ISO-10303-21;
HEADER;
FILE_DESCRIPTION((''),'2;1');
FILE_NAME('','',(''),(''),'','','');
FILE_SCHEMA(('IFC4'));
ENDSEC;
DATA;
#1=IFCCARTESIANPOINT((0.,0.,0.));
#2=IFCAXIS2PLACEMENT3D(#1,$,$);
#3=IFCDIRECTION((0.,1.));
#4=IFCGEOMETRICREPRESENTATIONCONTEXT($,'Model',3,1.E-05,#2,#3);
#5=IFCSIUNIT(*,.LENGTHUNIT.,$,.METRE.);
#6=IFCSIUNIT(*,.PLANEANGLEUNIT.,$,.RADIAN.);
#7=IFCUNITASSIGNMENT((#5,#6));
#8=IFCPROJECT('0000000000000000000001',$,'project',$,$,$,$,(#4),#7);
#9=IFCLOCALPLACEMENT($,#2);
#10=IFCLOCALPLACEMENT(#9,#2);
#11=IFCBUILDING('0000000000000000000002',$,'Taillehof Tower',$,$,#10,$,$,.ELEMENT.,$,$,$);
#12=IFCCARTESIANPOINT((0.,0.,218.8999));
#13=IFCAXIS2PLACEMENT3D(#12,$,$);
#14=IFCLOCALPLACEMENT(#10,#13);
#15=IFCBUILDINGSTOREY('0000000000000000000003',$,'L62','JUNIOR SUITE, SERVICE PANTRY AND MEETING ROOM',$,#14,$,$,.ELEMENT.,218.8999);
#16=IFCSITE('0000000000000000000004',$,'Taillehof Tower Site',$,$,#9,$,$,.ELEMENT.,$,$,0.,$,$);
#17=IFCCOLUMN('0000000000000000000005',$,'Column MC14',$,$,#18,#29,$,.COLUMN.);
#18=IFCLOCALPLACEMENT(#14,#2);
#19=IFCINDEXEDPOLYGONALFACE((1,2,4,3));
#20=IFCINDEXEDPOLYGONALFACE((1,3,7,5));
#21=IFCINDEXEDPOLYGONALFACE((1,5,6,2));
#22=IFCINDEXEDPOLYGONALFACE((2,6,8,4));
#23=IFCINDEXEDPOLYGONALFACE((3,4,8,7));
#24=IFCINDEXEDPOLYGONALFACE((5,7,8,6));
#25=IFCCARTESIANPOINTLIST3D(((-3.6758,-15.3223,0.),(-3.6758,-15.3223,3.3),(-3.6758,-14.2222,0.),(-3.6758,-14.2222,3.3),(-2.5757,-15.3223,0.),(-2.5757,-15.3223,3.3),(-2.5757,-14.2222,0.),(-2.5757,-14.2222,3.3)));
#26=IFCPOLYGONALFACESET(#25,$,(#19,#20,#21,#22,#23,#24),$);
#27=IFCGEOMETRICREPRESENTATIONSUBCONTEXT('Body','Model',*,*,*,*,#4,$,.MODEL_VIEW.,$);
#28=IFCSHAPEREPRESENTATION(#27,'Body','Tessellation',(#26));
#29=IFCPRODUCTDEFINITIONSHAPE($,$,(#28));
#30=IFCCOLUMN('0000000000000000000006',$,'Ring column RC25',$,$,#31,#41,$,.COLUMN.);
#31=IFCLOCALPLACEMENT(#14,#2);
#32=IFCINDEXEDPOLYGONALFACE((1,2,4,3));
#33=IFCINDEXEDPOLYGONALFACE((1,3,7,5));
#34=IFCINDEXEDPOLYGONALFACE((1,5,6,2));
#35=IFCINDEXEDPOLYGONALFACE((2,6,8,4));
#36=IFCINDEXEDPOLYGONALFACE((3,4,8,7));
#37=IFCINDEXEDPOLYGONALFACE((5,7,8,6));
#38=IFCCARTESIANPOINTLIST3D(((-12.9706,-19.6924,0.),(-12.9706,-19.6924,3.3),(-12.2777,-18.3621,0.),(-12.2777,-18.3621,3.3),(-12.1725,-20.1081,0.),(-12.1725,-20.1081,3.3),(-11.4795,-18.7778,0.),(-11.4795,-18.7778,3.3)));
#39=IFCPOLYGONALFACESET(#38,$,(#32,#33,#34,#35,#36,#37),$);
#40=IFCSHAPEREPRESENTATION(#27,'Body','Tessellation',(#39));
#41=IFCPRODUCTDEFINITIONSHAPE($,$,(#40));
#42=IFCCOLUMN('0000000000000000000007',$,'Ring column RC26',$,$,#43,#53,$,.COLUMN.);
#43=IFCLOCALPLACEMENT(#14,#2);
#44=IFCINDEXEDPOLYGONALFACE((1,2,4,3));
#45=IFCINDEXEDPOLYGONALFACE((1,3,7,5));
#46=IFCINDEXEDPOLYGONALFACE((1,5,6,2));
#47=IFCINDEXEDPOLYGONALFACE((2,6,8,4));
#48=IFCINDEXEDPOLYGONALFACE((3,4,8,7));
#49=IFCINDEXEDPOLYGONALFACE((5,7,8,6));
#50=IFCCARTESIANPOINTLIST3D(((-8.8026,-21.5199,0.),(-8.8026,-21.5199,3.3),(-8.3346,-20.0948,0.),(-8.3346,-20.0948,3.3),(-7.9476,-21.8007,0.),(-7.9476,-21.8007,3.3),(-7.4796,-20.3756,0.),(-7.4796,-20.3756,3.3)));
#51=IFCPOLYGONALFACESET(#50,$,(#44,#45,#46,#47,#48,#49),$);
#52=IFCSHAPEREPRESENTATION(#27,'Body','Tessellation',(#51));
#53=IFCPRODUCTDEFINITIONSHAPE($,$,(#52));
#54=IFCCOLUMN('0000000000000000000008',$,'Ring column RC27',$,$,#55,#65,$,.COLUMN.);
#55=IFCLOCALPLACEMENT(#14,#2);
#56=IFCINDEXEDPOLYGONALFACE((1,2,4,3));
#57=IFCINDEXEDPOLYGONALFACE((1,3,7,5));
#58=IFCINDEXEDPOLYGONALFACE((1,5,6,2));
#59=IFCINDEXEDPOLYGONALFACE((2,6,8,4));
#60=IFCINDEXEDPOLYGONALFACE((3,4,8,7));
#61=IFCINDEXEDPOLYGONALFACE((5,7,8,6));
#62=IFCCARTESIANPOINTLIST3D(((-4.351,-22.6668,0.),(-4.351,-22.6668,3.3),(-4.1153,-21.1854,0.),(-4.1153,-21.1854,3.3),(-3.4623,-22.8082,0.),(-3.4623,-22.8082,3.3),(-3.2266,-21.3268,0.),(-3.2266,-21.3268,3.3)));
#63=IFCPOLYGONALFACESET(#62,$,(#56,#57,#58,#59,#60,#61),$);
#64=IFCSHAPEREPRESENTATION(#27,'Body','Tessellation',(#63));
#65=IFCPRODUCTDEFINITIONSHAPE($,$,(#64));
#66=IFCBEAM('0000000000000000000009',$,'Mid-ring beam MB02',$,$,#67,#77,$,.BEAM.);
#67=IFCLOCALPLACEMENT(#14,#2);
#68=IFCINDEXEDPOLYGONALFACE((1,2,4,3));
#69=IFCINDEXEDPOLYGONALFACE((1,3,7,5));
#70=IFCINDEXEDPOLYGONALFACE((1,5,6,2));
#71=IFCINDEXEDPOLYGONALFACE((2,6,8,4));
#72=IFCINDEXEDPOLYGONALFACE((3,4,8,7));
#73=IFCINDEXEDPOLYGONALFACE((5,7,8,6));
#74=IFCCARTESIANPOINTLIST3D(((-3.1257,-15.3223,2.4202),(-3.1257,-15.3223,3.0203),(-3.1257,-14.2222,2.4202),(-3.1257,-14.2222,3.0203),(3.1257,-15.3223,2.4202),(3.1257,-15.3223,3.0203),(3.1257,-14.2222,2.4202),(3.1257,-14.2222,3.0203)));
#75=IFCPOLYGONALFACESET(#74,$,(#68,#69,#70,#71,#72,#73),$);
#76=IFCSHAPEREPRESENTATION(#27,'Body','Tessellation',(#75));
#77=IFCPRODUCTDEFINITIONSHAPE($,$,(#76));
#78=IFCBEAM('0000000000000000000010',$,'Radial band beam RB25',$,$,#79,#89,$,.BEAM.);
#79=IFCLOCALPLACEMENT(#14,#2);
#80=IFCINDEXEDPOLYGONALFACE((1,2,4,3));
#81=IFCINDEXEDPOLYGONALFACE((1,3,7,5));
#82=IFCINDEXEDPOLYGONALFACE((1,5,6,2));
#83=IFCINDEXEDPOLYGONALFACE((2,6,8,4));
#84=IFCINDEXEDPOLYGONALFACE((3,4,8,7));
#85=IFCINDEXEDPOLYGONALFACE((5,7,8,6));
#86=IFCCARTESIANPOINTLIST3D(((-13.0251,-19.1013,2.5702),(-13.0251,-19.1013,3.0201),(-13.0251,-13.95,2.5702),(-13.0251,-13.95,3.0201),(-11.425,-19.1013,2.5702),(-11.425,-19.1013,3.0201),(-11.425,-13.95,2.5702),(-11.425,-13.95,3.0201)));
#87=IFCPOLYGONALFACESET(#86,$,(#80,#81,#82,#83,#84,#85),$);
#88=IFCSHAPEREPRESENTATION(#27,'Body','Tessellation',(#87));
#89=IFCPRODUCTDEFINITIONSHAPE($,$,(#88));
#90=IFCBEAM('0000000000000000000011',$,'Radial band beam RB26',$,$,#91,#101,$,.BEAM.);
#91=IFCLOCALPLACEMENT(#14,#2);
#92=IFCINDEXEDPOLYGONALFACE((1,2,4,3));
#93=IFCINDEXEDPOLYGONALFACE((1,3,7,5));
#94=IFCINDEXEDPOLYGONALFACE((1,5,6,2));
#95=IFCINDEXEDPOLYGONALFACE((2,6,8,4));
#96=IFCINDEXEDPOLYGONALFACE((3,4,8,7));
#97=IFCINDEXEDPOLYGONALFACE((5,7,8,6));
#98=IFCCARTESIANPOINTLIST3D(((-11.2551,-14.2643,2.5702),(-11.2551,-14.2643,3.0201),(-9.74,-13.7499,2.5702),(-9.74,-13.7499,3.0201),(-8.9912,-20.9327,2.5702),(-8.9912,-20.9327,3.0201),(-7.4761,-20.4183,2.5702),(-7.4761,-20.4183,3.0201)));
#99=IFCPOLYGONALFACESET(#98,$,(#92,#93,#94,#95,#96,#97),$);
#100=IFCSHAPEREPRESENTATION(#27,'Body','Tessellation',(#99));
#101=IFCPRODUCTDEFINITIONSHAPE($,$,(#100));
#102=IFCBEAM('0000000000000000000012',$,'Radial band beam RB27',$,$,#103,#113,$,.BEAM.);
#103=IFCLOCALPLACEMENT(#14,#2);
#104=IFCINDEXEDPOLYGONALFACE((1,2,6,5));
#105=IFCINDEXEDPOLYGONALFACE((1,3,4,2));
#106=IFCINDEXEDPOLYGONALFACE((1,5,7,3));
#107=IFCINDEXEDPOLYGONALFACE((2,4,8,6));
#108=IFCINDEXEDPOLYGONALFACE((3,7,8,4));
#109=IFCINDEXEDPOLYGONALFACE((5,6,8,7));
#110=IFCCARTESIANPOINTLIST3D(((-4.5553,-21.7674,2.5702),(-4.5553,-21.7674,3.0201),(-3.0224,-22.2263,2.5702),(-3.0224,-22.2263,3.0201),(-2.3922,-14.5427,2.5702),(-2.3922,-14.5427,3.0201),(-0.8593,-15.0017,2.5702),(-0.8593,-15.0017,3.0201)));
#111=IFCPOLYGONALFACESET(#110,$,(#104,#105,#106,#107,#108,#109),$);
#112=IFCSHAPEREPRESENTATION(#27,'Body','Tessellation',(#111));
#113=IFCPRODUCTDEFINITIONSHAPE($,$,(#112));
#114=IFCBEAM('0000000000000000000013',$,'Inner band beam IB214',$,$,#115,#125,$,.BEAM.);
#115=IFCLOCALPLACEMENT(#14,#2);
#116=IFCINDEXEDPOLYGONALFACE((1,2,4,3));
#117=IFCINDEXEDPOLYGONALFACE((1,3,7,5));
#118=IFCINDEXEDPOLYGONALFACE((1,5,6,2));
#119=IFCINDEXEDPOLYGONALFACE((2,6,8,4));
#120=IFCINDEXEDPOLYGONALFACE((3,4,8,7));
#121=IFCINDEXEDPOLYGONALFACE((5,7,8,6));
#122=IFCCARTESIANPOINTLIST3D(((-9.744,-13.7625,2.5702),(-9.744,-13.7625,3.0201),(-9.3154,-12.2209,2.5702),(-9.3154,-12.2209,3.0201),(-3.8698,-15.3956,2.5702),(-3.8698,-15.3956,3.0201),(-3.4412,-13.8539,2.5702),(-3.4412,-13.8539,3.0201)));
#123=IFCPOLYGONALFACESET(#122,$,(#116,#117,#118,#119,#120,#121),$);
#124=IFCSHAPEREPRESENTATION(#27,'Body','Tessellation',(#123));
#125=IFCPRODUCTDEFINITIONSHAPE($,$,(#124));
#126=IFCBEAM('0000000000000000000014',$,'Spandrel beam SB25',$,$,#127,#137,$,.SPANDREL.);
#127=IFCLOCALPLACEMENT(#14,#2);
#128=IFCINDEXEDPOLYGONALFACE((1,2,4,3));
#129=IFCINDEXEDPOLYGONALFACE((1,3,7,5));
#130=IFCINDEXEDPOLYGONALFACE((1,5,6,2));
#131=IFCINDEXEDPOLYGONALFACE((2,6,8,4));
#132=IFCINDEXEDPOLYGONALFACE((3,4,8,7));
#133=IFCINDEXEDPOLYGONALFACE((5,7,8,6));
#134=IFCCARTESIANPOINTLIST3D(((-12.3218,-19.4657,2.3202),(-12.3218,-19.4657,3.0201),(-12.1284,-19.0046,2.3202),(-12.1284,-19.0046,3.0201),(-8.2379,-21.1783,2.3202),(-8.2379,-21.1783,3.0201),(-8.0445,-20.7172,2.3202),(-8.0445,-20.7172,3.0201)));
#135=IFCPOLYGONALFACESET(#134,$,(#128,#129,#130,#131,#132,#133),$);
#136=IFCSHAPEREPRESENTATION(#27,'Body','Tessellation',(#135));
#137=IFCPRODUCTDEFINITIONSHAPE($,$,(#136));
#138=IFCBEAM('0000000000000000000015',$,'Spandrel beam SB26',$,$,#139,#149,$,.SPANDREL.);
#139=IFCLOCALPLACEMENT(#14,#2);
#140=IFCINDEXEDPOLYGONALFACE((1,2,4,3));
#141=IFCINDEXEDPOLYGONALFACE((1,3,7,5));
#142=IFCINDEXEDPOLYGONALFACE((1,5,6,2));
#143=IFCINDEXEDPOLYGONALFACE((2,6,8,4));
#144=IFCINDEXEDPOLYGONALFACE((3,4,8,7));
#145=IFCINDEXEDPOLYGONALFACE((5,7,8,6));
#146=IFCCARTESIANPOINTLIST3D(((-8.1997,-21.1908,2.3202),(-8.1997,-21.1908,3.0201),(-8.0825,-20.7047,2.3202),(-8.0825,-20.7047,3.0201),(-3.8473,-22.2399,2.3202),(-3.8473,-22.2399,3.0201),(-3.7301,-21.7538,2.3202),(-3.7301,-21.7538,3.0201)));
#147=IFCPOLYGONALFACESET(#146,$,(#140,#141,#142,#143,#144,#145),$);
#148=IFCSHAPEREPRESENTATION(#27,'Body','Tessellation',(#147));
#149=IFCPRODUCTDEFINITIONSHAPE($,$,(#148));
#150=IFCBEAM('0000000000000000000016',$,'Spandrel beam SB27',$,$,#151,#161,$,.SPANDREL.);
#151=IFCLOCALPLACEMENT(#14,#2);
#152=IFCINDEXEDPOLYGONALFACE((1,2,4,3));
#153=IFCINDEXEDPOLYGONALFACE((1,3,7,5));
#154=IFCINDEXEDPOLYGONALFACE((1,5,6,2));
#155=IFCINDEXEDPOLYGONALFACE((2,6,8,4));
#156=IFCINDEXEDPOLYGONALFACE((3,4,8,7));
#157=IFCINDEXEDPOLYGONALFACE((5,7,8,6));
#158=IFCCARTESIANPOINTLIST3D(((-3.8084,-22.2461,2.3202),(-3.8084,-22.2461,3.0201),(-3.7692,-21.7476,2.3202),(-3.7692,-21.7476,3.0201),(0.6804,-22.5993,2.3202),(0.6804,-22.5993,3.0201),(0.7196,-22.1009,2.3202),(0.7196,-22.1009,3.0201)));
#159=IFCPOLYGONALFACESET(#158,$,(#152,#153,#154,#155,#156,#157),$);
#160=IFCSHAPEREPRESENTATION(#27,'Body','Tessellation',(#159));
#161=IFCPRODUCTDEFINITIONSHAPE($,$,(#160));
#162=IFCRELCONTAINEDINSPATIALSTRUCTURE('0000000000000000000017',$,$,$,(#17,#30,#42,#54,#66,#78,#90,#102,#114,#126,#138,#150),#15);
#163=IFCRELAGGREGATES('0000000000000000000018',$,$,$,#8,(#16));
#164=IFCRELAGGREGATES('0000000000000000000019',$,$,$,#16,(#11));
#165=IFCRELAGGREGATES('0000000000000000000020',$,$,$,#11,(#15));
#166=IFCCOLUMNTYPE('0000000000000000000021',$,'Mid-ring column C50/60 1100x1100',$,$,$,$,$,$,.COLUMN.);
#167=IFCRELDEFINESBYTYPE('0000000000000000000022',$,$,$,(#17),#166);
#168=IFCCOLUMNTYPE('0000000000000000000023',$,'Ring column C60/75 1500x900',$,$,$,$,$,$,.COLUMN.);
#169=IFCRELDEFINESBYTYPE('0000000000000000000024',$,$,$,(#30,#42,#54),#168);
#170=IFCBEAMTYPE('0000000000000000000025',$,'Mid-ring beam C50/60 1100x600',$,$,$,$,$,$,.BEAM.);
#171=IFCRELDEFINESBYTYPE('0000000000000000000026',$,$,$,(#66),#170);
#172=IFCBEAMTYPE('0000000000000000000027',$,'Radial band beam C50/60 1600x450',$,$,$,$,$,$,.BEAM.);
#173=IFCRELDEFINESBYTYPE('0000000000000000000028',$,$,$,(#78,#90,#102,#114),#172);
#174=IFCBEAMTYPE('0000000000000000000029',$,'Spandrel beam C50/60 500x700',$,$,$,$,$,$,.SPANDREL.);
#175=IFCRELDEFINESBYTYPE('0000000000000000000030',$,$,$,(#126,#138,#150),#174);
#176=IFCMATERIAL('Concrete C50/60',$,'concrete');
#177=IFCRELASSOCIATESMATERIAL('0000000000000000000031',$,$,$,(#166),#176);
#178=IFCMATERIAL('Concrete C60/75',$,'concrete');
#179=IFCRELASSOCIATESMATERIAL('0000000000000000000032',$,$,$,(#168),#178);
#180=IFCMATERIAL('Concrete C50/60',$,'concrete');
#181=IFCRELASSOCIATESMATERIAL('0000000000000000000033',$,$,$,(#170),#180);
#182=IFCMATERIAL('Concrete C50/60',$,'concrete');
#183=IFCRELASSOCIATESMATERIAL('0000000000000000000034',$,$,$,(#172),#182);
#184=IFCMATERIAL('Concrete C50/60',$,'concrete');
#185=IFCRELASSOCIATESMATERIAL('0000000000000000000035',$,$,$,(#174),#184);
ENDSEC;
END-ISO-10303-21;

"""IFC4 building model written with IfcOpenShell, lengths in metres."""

from ifc_helpers import new_model, si_unit, direction, frame, origin, origin_2d, place, context, subcontext, project, spatial, rectangle, extrude, material, material_profile, profile_set, type_object, element, save


model = new_model("IFC4")

# Units and contexts
model_context = context("Model", 3, precision=1e-05, world=origin(), true_north=direction((0.0, 1.0)))
body_context = subcontext(model_context, "Body", "Model", "MODEL_VIEW")
ifc_project = project(units=[si_unit("LENGTHUNIT", "METRE"), si_unit("PLANEANGLEUNIT", "RADIAN")], contexts=[model_context])

# Site, building, storey
site_placement = place(None, origin())
site = spatial("IfcSite", under=ifc_project, at=site_placement, Name="Taillehof Tower Site", CompositionType="ELEMENT", RefElevation=0.0)
building_placement = place(site_placement, origin())
building = spatial("IfcBuilding", under=site, at=building_placement, Name="Taillehof Tower", CompositionType="ELEMENT")
storey_placement = place(building_placement, frame((0.0, 0.0, 218.8999)))
storey = spatial("IfcBuildingStorey", under=building, at=storey_placement, Name="L62", Description="JUNIOR SUITE, SERVICE PANTRY AND MEETING ROOM", CompositionType="ELEMENT", Elevation=218.8999)

# Columns
ifc_material_1 = material(Name="Concrete C50/60", Category="concrete")
ifc_material_profile_1 = material_profile(ifc_material_1, rectangle(XDim=1.1001, YDim=1.1001, at=origin_2d()), Name="RC 1100x1100")
ifc_profile_set_1 = profile_set([ifc_material_profile_1], Name="Concrete C50/60")
column_type_1 = type_object("IfcColumnType", Name="Mid-ring column C50/60 1100x1100", PredefinedType="COLUMN", material=ifc_profile_set_1)
column_placement = place(storey_placement, frame((-3.1257, -14.7722, 0.0), z_axis=(0.0, 0.0, 1.0), x_axis=(1.0, 0.0, 0.0)))
element("IfcColumn", 1, at=column_placement, inside=storey, type_object=column_type_1, Name="Column MC14", PredefinedType="COLUMN", context=body_context, shape_type="SweptSolid", body=[
    extrude(rectangle(XDim=1.1001, YDim=1.1001, at=origin_2d()), origin(), (0.0, 0.0, 1.0), 3.3),
])
ifc_material_2 = material(Name="Concrete C60/75", Category="concrete")
ifc_material_profile_2 = material_profile(ifc_material_2, rectangle(XDim=1.5, YDim=0.8999, at=origin_2d()), Name="RC 1500x900")
ifc_profile_set_2 = profile_set([ifc_material_profile_2], Name="Concrete C60/75")
column_type_2 = type_object("IfcColumnType", Name="Ring column C60/75 1500x900", PredefinedType="COLUMN", material=ifc_profile_set_2)
for number, where, z_axis, x_axis, name in (
    (2, (-12.2251, -19.2351, 0.0), (0.0, 0.0, 1.0), (-0.461993, -0.886883, 0.0), "Ring column RC25"),
    (3, (-8.1411, -20.9478, 0.0), (0.0, 0.0, 1.0), (-0.312001, -0.950082, 0.0), "Ring column RC26"),
    (4, (-3.7888, -21.9968, 0.0), (0.0, 0.0, 1.0), (-0.157116, -0.98758, 0.0), "Ring column RC27"),
):
    element("IfcColumn", number, at=place(storey_placement, frame(where, z_axis=z_axis, x_axis=x_axis)), inside=storey, type_object=column_type_2, Name=name, PredefinedType="COLUMN", context=body_context, shape_type="SweptSolid", body=[
        extrude(rectangle(XDim=1.5, YDim=0.8999, at=origin_2d()), origin(), (0.0, 0.0, 1.0), 3.3),
    ])

# Beams
ifc_material_3 = material(Name="Concrete C50/60", Category="concrete")
ifc_material_profile_3 = material_profile(ifc_material_3, rectangle(XDim=1.1001, YDim=0.6001, at=origin_2d()), Name="RC 1100x600")
ifc_profile_set_3 = profile_set([ifc_material_profile_3], Name="Concrete C50/60")
beam_type_1 = type_object("IfcBeamType", Name="Mid-ring beam C50/60 1100x600", PredefinedType="BEAM", material=ifc_profile_set_3)
beam_1_placement = place(storey_placement, frame((-3.1257, -14.7722, 2.7202), z_axis=(1.0, 0.0, 0.0), x_axis=(0.0, 1.0, 0.0)))
element("IfcBeam", 5, at=beam_1_placement, inside=storey, type_object=beam_type_1, Name="Mid-ring beam MB02", PredefinedType="BEAM", context=body_context, shape_type="SweptSolid", body=[
    extrude(rectangle(XDim=1.1001, YDim=0.6001, at=origin_2d()), origin(), (0.0, 0.0, 1.0), 6.2515),
])
ifc_material_4 = material(Name="Concrete C50/60", Category="concrete")
ifc_material_profile_4 = material_profile(ifc_material_4, rectangle(XDim=1.6001, YDim=0.45, at=origin_2d()), Name="RC 1600x450")
ifc_profile_set_4 = profile_set([ifc_material_profile_4], Name="Concrete C50/60")
beam_type_2 = type_object("IfcBeamType", Name="Radial band beam C50/60 1600x450", PredefinedType="BEAM", material=ifc_profile_set_4)
beam_2_placement = place(storey_placement, frame((-12.2251, -19.1013, 2.7952), z_axis=(0.0, 1.0, 0.0), x_axis=(-1.0, 0.0, 0.0)))
element("IfcBeam", 6, at=beam_2_placement, inside=storey, type_object=beam_type_2, Name="Radial band beam RB25", PredefinedType="BEAM", context=body_context, shape_type="SweptSolid", body=[
    extrude(rectangle(XDim=1.6001, YDim=0.45, at=origin_2d()), origin(), (0.0, 0.0, 1.0), 5.1514),
])
beam_3_placement = place(storey_placement, frame((-8.2336, -20.6755, 2.7952), z_axis=(-0.321475, 0.946918, 0.0), x_axis=(-0.946918, -0.321475, 0.0)))
element("IfcBeam", 7, at=beam_3_placement, inside=storey, type_object=beam_type_2, Name="Radial band beam RB26", PredefinedType="BEAM", context=body_context, shape_type="SweptSolid", body=[
    extrude(rectangle(XDim=1.6001, YDim=0.45, at=origin_2d()), origin(), (0.0, 0.0, 1.0), 7.0422),
])
beam_4_placement = place(storey_placement, frame((-3.7888, -21.9968, 2.7952), z_axis=(0.286825, 0.957983, 0.0), x_axis=(-0.957983, 0.286825, 0.0)))
element("IfcBeam", 8, at=beam_4_placement, inside=storey, type_object=beam_type_2, Name="Radial band beam RB27", PredefinedType="BEAM", context=body_context, shape_type="SweptSolid", body=[
    extrude(rectangle(XDim=1.6001, YDim=0.45, at=origin_2d()), origin(), (0.0, 0.0, 1.0), 7.5415),
])
beam_5_placement = place(storey_placement, frame((-3.6555, -14.6248, 2.7952), z_axis=(-0.963459, 0.267855, 0.0), x_axis=(-0.267855, -0.963459, 0.0)))
element("IfcBeam", 9, at=beam_5_placement, inside=storey, type_object=beam_type_2, Name="Inner band beam IB214", PredefinedType="BEAM", context=body_context, shape_type="SweptSolid", body=[
    extrude(rectangle(XDim=1.6001, YDim=0.45, at=origin_2d()), origin(), (0.0, 0.0, 1.0), 6.0969),
])
ifc_material_5 = material(Name="Concrete C50/60", Category="concrete")
ifc_material_profile_5 = material_profile(ifc_material_5, rectangle(XDim=0.5, YDim=0.7, at=origin_2d()), Name="RC 500x700")
ifc_profile_set_5 = profile_set([ifc_material_profile_5], Name="Concrete C50/60")
beam_type_3 = type_object("IfcBeamType", Name="Spandrel beam C50/60 500x700", PredefinedType="SPANDREL", material=ifc_profile_set_5)
beam_6_placement = place(storey_placement, frame((-12.2251, -19.2351, 2.6702), z_axis=(0.922194, -0.386728, 0.0), x_axis=(0.386728, 0.922194, 0.0)))
element("IfcBeam", 10, at=beam_6_placement, inside=storey, type_object=beam_type_3, Name="Spandrel beam SB25", PredefinedType="SPANDREL", context=body_context, shape_type="SweptSolid", body=[
    extrude(rectangle(XDim=0.5, YDim=0.7, at=origin_2d()), origin(), (0.0, 0.0, 1.0), 4.4285),
])
beam_7_placement = place(storey_placement, frame((-8.1411, -20.9478, 2.6702), z_axis=(0.972158, -0.234328, 0.0), x_axis=(0.234328, 0.972158, 0.0)))
element("IfcBeam", 11, at=beam_7_placement, inside=storey, type_object=beam_type_3, Name="Spandrel beam SB26", PredefinedType="SPANDREL", context=body_context, shape_type="SweptSolid", body=[
    extrude(rectangle(XDim=0.5, YDim=0.7, at=origin_2d()), origin(), (0.0, 0.0, 1.0), 4.4771),
])
beam_8_placement = place(storey_placement, frame((-3.7888, -21.9968, 2.6702), z_axis=(0.996917, -0.078459, 0.0), x_axis=(0.078459, 0.996917, 0.0)))
element("IfcBeam", 12, at=beam_8_placement, inside=storey, type_object=beam_type_3, Name="Spandrel beam SB27", PredefinedType="SPANDREL", context=body_context, shape_type="SweptSolid", body=[
    extrude(rectangle(XDim=0.5, YDim=0.7, at=origin_2d()), origin(), (0.0, 0.0, 1.0), 4.5027),
])

save(model, "model.ifc")
